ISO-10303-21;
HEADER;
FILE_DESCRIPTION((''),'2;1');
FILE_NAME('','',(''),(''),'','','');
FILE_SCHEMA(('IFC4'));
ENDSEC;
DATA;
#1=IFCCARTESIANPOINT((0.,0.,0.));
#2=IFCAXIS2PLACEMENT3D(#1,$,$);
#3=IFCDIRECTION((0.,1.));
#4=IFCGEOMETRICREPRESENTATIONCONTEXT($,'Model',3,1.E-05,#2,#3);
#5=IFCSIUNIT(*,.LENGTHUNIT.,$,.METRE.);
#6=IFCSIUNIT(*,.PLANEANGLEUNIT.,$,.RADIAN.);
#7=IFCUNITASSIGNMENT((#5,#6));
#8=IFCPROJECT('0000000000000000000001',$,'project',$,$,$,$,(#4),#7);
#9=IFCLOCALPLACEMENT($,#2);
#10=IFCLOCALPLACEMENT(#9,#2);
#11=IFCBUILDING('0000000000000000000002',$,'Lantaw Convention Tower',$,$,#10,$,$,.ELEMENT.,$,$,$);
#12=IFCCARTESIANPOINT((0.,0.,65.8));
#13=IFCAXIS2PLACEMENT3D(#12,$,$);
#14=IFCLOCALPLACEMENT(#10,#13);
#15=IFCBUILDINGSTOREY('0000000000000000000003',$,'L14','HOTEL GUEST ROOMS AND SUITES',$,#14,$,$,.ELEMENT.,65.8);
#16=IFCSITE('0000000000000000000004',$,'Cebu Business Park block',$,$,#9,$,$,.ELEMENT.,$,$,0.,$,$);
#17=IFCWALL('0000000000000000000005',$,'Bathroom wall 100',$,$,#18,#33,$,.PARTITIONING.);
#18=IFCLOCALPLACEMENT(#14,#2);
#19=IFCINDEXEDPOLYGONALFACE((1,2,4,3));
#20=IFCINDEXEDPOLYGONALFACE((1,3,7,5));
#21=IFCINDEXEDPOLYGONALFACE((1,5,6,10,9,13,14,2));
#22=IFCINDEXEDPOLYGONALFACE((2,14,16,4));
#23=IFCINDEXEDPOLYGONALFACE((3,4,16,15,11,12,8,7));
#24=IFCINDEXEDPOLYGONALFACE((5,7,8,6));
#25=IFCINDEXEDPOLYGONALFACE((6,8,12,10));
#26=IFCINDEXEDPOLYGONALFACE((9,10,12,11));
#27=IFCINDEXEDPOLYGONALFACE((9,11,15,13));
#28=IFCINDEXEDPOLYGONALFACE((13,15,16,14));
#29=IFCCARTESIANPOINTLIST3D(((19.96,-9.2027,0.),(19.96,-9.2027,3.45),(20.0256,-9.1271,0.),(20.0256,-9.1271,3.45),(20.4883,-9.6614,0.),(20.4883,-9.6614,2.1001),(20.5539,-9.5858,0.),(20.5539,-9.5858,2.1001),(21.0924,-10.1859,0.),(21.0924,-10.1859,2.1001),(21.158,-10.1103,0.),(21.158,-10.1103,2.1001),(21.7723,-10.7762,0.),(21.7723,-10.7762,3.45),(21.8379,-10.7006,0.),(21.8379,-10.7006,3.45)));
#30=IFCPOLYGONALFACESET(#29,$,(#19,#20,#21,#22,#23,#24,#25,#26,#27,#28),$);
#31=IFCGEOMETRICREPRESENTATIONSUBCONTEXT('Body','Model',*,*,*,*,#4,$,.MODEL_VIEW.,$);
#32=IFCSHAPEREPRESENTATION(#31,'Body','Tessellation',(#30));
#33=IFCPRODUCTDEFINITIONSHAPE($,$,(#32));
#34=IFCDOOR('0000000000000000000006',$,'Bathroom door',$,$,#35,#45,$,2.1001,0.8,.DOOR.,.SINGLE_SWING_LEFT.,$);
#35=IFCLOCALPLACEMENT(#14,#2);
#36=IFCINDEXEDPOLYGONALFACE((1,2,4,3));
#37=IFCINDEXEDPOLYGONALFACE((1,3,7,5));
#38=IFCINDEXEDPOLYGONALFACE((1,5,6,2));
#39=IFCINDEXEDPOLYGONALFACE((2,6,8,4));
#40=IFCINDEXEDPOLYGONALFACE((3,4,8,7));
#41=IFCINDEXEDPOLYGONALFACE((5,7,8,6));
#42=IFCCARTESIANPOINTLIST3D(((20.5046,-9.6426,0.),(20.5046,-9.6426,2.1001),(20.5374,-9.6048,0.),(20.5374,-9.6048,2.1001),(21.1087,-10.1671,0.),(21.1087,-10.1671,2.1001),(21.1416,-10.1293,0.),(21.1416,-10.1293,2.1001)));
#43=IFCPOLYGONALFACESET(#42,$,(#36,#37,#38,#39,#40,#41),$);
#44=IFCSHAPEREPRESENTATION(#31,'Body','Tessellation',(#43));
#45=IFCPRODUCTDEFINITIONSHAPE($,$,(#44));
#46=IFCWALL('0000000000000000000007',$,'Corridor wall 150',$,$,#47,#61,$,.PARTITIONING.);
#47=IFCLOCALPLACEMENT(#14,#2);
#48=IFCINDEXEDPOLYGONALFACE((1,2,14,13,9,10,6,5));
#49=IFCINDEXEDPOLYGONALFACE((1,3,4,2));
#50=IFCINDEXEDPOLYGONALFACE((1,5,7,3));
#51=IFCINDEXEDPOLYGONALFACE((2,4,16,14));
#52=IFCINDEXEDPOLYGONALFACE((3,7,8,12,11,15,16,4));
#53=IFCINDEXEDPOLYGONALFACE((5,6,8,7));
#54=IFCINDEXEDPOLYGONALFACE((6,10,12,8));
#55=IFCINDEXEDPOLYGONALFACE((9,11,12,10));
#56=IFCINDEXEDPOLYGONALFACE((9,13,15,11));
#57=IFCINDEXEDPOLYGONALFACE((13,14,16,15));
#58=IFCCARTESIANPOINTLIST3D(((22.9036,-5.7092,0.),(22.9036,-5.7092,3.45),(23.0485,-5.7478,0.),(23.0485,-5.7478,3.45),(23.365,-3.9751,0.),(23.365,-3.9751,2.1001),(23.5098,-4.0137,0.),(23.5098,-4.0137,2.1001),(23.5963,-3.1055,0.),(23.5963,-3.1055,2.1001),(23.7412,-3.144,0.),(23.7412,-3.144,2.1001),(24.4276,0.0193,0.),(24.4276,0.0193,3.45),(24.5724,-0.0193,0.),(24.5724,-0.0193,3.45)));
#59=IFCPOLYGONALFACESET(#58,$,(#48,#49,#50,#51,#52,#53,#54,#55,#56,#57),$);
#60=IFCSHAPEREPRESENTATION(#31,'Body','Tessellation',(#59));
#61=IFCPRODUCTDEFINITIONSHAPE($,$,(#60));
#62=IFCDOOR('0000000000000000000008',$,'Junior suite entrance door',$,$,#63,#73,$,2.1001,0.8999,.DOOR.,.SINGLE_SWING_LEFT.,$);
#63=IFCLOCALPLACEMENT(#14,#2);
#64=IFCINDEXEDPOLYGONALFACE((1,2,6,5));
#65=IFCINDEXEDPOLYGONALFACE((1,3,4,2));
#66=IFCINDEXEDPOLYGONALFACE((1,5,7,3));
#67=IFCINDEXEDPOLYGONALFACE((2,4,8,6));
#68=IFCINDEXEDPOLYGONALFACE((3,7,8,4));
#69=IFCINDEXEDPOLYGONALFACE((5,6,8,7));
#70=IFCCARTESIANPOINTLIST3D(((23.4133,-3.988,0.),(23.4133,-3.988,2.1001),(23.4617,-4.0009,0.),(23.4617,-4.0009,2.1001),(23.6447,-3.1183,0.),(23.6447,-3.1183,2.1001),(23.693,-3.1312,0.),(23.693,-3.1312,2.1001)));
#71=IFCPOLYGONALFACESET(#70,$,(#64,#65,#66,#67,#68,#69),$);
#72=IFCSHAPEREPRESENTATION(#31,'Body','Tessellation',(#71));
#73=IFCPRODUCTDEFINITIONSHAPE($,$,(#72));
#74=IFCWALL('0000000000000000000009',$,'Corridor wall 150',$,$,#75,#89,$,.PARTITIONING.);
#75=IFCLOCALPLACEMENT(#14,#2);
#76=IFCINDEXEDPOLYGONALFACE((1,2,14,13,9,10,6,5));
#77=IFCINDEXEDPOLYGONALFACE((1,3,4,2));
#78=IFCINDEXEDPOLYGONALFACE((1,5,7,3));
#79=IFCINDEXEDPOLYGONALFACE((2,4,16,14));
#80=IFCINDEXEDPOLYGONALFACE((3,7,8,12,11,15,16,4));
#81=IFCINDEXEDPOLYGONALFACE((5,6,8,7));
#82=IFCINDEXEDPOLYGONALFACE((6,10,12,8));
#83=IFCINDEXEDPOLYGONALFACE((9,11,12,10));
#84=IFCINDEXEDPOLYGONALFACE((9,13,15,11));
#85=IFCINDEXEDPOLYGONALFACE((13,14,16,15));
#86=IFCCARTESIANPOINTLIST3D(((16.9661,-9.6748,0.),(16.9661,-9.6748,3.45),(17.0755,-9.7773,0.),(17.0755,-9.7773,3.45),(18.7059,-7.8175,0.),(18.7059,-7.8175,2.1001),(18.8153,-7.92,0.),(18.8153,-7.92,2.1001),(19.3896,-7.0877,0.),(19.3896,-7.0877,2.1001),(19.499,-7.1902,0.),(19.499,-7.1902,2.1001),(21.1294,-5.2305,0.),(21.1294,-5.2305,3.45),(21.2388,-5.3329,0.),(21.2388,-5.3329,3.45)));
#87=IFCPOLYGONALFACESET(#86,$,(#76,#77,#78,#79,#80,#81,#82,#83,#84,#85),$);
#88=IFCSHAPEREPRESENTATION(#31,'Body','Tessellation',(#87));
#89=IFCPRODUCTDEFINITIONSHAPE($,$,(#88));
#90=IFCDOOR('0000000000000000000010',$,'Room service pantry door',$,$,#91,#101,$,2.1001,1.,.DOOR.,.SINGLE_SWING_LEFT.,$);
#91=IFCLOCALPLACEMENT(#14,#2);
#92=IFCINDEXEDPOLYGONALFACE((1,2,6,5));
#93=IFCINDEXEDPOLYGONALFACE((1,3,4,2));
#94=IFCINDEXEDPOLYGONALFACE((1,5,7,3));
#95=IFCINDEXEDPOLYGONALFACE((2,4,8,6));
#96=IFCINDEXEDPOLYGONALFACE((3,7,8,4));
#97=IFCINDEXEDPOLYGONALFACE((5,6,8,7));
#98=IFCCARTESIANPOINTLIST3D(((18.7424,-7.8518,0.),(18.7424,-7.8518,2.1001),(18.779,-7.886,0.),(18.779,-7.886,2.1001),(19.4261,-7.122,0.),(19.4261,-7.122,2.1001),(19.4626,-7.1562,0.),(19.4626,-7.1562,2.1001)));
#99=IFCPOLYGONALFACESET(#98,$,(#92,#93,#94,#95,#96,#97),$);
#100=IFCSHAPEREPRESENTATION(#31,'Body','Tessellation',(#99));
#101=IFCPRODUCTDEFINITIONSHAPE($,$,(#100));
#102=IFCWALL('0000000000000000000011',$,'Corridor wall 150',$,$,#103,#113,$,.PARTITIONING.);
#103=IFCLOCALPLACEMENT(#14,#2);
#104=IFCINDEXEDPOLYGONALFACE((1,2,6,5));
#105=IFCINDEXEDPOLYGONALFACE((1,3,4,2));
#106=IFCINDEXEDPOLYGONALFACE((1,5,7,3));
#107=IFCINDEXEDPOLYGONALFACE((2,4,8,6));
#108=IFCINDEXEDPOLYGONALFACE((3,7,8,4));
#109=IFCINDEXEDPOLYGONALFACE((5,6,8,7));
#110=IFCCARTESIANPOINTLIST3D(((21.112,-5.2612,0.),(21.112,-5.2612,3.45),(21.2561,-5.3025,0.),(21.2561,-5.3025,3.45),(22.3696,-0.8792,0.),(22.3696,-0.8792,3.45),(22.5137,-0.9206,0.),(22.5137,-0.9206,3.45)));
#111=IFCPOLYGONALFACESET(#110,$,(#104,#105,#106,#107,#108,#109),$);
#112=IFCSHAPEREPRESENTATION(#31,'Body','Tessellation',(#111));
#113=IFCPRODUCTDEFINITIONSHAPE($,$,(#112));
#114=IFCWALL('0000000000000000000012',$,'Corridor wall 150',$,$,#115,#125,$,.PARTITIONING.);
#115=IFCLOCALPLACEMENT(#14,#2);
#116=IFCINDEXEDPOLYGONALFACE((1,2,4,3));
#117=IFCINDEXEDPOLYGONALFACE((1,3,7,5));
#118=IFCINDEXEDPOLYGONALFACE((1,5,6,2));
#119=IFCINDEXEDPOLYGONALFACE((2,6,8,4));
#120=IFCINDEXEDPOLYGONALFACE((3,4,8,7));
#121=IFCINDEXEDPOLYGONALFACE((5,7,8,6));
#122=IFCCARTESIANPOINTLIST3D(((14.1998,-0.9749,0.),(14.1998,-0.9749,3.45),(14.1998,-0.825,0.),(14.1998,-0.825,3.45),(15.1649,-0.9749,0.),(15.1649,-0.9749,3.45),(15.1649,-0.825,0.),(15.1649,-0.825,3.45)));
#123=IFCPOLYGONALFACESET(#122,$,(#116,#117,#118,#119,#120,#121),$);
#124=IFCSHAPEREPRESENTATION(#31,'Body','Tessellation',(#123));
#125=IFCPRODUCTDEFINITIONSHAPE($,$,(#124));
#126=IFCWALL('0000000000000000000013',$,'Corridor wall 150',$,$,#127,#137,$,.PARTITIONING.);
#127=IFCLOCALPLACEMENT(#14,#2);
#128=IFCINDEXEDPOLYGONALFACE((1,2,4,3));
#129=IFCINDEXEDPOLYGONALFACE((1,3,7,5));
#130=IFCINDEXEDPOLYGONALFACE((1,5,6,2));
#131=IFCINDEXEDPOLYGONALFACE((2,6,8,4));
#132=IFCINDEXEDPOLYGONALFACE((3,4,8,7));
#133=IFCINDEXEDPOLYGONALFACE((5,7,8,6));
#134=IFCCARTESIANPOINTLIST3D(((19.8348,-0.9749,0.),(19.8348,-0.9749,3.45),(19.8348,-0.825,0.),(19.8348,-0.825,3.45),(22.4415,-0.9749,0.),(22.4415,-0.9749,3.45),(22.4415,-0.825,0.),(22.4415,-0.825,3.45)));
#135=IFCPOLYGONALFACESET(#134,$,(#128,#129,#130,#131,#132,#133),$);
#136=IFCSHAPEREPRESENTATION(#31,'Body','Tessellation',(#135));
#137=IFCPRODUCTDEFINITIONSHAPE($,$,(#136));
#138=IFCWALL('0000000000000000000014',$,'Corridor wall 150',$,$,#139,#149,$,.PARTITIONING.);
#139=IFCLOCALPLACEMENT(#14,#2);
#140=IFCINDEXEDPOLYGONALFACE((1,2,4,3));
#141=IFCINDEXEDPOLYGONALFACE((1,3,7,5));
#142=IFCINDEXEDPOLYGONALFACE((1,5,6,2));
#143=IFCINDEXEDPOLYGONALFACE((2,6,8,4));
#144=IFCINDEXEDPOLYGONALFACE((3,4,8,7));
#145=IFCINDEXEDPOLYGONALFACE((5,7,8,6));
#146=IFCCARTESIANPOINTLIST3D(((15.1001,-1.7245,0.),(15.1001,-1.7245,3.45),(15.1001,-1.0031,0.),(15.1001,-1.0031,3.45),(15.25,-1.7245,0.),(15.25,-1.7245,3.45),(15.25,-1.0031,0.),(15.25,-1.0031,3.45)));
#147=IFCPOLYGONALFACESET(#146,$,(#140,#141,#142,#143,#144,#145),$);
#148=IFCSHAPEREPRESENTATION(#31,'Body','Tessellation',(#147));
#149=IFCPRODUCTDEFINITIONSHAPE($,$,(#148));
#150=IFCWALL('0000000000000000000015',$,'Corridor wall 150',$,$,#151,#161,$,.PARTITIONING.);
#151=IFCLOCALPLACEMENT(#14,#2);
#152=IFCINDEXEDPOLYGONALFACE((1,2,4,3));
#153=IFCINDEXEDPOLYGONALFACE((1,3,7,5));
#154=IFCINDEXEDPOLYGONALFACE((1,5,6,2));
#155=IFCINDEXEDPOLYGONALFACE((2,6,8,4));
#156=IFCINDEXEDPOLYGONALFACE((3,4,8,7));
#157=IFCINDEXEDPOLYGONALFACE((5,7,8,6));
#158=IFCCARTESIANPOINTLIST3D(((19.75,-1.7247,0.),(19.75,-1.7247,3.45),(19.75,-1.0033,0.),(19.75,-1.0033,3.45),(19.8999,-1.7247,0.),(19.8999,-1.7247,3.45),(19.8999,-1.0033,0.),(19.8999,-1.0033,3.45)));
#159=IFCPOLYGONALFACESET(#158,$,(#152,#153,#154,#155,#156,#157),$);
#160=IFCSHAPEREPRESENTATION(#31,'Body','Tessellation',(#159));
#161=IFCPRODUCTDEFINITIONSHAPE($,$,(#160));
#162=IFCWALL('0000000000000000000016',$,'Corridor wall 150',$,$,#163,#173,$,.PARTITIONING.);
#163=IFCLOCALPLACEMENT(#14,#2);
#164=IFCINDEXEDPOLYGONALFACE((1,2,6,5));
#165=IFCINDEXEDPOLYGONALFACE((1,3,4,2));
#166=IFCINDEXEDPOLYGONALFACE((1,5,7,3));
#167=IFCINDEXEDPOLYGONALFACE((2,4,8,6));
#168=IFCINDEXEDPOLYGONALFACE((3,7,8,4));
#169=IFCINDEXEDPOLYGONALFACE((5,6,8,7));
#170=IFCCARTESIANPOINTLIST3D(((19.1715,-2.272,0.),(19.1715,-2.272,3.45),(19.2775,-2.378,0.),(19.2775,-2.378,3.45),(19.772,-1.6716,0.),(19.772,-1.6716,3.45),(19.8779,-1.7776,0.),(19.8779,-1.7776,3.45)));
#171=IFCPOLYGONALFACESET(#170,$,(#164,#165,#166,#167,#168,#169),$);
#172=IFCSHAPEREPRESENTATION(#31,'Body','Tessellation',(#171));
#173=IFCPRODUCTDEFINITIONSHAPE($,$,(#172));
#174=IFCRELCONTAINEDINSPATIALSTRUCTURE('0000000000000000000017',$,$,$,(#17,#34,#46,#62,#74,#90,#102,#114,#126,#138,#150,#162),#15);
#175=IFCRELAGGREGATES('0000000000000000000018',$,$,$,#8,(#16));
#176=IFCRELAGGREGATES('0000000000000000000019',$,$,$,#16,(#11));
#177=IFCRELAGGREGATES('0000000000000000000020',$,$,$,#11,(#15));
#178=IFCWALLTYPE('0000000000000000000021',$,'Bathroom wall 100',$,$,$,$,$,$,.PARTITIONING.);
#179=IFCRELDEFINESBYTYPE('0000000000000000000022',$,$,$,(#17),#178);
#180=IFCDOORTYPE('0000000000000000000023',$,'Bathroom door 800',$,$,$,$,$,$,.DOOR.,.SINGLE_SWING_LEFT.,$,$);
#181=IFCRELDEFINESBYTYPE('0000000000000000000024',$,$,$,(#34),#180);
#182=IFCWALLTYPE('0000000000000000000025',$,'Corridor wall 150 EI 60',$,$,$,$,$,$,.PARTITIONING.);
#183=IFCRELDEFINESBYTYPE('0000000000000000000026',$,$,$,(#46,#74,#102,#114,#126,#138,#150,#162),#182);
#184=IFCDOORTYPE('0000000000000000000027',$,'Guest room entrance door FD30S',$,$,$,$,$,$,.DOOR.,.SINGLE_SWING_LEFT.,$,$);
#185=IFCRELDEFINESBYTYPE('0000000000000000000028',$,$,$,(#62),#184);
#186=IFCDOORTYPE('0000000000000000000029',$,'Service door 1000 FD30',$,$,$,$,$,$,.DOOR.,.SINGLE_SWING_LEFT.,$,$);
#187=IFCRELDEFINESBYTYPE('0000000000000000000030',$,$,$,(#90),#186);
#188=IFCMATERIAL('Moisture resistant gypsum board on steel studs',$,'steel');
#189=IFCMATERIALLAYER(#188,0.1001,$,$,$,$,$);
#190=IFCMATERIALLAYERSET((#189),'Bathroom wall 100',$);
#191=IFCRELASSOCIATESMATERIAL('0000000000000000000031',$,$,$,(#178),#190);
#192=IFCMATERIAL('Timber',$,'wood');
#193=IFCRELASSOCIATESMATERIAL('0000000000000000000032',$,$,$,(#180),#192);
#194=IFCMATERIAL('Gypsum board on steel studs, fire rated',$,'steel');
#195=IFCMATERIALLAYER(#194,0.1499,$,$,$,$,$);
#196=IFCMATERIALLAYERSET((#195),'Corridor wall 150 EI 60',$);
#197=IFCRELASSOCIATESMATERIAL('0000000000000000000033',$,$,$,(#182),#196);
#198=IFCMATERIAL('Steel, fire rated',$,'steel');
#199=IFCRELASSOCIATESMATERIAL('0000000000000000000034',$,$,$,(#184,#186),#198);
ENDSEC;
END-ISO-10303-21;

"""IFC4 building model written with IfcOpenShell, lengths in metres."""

from ifc_helpers import new_model, si_unit, direction, frame, frame_2d, origin, place, context, subcontext, project, spatial, rectangle, extrude, material, layer, layer_set, type_object, element, fill, save


model = new_model("IFC4")

# Units and contexts
model_context = context("Model", 3, precision=1e-05, world=origin(), true_north=direction((0.0, 1.0)))
body_context = subcontext(model_context, "Body", "Model", "MODEL_VIEW")
ifc_project = project(units=[si_unit("LENGTHUNIT", "METRE"), si_unit("PLANEANGLEUNIT", "RADIAN")], contexts=[model_context])

# Site, building, storey
site_placement = place(None, origin())
site = spatial("IfcSite", under=ifc_project, at=site_placement, Name="Cebu Business Park block", CompositionType="ELEMENT", RefElevation=0.0)
building_placement = place(site_placement, origin())
building = spatial("IfcBuilding", under=site, at=building_placement, Name="Lantaw Convention Tower", CompositionType="ELEMENT")
storey_placement = place(building_placement, frame((0.0, 0.0, 65.8)))
storey = spatial("IfcBuildingStorey", under=building, at=storey_placement, Name="L14", Description="HOTEL GUEST ROOMS AND SUITES", CompositionType="ELEMENT", Elevation=65.8)

# Walls, openings, doors
ifc_material_1 = material(Name="Moisture resistant gypsum board on steel studs", Category="steel")
ifc_layer_1 = layer(ifc_material_1, 0.1001)
ifc_layer_set_1 = layer_set([ifc_layer_1], Name="Bathroom wall 100")
wall_type_1 = type_object("IfcWallType", Name="Bathroom wall 100", PredefinedType="PARTITIONING", material=ifc_layer_set_1)
wall_1_placement = place(storey_placement, frame((19.9927, -9.1648, 0.0), z_axis=(0.0, 0.0, 1.0), x_axis=(0.755098, -0.655612, 0.0)))
wall_1 = element("IfcWall", 1, at=wall_1_placement, inside=storey, type_object=wall_type_1, Name="Bathroom wall 100", PredefinedType="PARTITIONING", context=body_context, shape_type="SweptSolid", body=[
    extrude(rectangle(XDim=2.4001, YDim=0.1001, at=frame_2d((1.2002, 0.0))), origin(), (0.0, 0.0, 1.0), 3.45),
])
opening_1_placement = place(wall_1_placement, frame((0.7, 0.0, 0.0)))
opening_1 = element("IfcOpeningElement", 2, at=opening_1_placement, cuts=wall_1, PredefinedType="OPENING", context=body_context, shape_type="SweptSolid", body=[
    extrude(rectangle(XDim=0.8, YDim=2.1001, at=frame_2d((0.3999, 1.05))), frame((0.0, 0.0601, 0.0), z_axis=(0.0, -1.0, 0.0), x_axis=(1.0, 0.0, 0.0)), (0.0, 0.0, 1.0), 0.1201),
])
ifc_material_2 = material(Name="Timber", Category="wood")
door_type_1 = type_object("IfcDoorType", Name="Bathroom door 800", OperationType="SINGLE_SWING_LEFT", PredefinedType="DOOR", material=ifc_material_2)
door_1_placement = place(opening_1_placement, origin())
door_1 = element("IfcDoor", 3, at=door_1_placement, inside=storey, type_object=door_type_1, Name="Bathroom door", OperationType="SINGLE_SWING_LEFT", OverallHeight=2.1001, OverallWidth=0.8, PredefinedType="DOOR", context=body_context, shape_type="SweptSolid", body=[
    extrude(rectangle(XDim=0.8, YDim=2.1001, at=frame_2d((0.3999, 1.05))), frame((0.0, 0.0249, 0.0), z_axis=(0.0, -1.0, 0.0), x_axis=(1.0, 0.0, 0.0)), (0.0, 0.0, 1.0), 0.05),
])
fill(opening_1, door_1)
ifc_material_3 = material(Name="Gypsum board on steel studs, fire rated", Category="steel")
ifc_layer_2 = layer(ifc_material_3, 0.1499)
ifc_layer_set_2 = layer_set([ifc_layer_2], Name="Corridor wall 150 EI 60")
wall_type_2 = type_object("IfcWallType", Name="Corridor wall 150 EI 60", PredefinedType="PARTITIONING", material=ifc_layer_set_2)
wall_2_placement = place(storey_placement, frame((22.9761, -5.7285, 0.0), z_axis=(0.0, 0.0, 1.0), x_axis=(0.257083, 0.966389, 0.0)))
wall_2 = element("IfcWall", 4, at=wall_2_placement, inside=storey, type_object=wall_type_2, Name="Corridor wall 150", PredefinedType="PARTITIONING", context=body_context, shape_type="SweptSolid", body=[
    extrude(rectangle(XDim=5.9277, YDim=0.1499, at=frame_2d((2.9639, 0.0))), origin(), (0.0, 0.0, 1.0), 3.45),
])
opening_2_placement = place(wall_2_placement, frame((1.7944, 0.0, 0.0)))
opening_2 = element("IfcOpeningElement", 5, at=opening_2_placement, cuts=wall_2, PredefinedType="OPENING", context=body_context, shape_type="SweptSolid", body=[
    extrude(rectangle(XDim=0.8999, YDim=2.1001, at=frame_2d((0.45, 1.05))), frame((0.0, 0.085, 0.0), z_axis=(0.0, -1.0, 0.0), x_axis=(1.0, 0.0, 0.0)), (0.0, 0.0, 1.0), 0.1699),
])
ifc_material_4 = material(Name="Steel, fire rated", Category="steel")
door_type_2 = type_object("IfcDoorType", Name="Guest room entrance door FD30S", OperationType="SINGLE_SWING_LEFT", PredefinedType="DOOR", material=ifc_material_4)
door_2_placement = place(opening_2_placement, origin())
door_2 = element("IfcDoor", 6, at=door_2_placement, inside=storey, type_object=door_type_2, Name="Junior suite entrance door", OperationType="SINGLE_SWING_LEFT", OverallHeight=2.1001, OverallWidth=0.8999, PredefinedType="DOOR", context=body_context, shape_type="SweptSolid", body=[
    extrude(rectangle(XDim=0.8999, YDim=2.1001, at=frame_2d((0.45, 1.05))), frame((0.0, 0.0249, 0.0), z_axis=(0.0, -1.0, 0.0), x_axis=(1.0, 0.0, 0.0)), (0.0, 0.0, 1.0), 0.05),
])
fill(opening_2, door_2)
wall_3_placement = place(storey_placement, frame((17.0208, -9.7261, 0.0), z_axis=(0.0, 0.0, 1.0), x_axis=(0.683658, 0.729802, 0.0)))
wall_3 = element("IfcWall", 7, at=wall_3_placement, inside=storey, type_object=wall_type_2, Name="Corridor wall 150", PredefinedType="PARTITIONING", context=body_context, shape_type="SweptSolid", body=[
    extrude(rectangle(XDim=6.0898, YDim=0.1499, at=frame_2d((3.0449, 0.0))), origin(), (0.0, 0.0, 1.0), 3.45),
])
opening_3_placement = place(wall_3_placement, frame((2.5449, 0.0, 0.0)))
opening_3 = element("IfcOpeningElement", 8, at=opening_3_placement, cuts=wall_3, PredefinedType="OPENING", context=body_context, shape_type="SweptSolid", body=[
    extrude(rectangle(XDim=1.0, YDim=2.1001, at=frame_2d((0.5, 1.05))), frame((0.0, 0.085, 0.0), z_axis=(0.0, -1.0, 0.0), x_axis=(1.0, 0.0, 0.0)), (0.0, 0.0, 1.0), 0.1699),
])
door_type_3 = type_object("IfcDoorType", Name="Service door 1000 FD30", OperationType="SINGLE_SWING_LEFT", PredefinedType="DOOR", material=ifc_material_4)
door_3_placement = place(opening_3_placement, origin())
door_3 = element("IfcDoor", 9, at=door_3_placement, inside=storey, type_object=door_type_3, Name="Room service pantry door", OperationType="SINGLE_SWING_LEFT", OverallHeight=2.1001, OverallWidth=1.0, PredefinedType="DOOR", context=body_context, shape_type="SweptSolid", body=[
    extrude(rectangle(XDim=1.0, YDim=2.1001, at=frame_2d((0.5, 1.05))), frame((0.0, 0.0249, 0.0), z_axis=(0.0, -1.0, 0.0), x_axis=(1.0, 0.0, 0.0)), (0.0, 0.0, 1.0), 0.05),
])
fill(opening_3, door_3)

# Walls
wall_4_placement = place(storey_placement, frame((21.1841, -5.2817, 0.0), z_axis=(0.0, 0.0, 1.0), x_axis=(0.27586, 0.961198, 0.0)))
element("IfcWall", 10, at=wall_4_placement, inside=storey, type_object=wall_type_2, Name="Corridor wall 150", PredefinedType="PARTITIONING", context=body_context, shape_type="SweptSolid", body=[
    extrude(rectangle(XDim=4.5588, YDim=0.1499, at=frame_2d((2.2793, 0.0))), origin(), (0.0, 0.0, 1.0), 3.45),
])
wall_5_placement = place(storey_placement, frame((14.2, -0.8999, 0.0), z_axis=(0.0, 0.0, 1.0), x_axis=(1.0, 0.0, 0.0)))
element("IfcWall", 11, at=wall_5_placement, inside=storey, type_object=wall_type_2, Name="Corridor wall 150", PredefinedType="PARTITIONING", context=body_context, shape_type="SweptSolid", body=[
    extrude(rectangle(XDim=0.9651, YDim=0.1499, at=frame_2d((0.4824, 0.0))), origin(), (0.0, 0.0, 1.0), 3.45),
])
wall_6_placement = place(storey_placement, frame((19.835, -0.8999, 0.0), z_axis=(0.0, 0.0, 1.0), x_axis=(1.0, 0.0, 0.0)))
element("IfcWall", 12, at=wall_6_placement, inside=storey, type_object=wall_type_2, Name="Corridor wall 150", PredefinedType="PARTITIONING", context=body_context, shape_type="SweptSolid", body=[
    extrude(rectangle(XDim=2.6067, YDim=0.1499, at=frame_2d((1.3032, 0.0))), origin(), (0.0, 0.0, 1.0), 3.45),
])
for number, where, z_axis, x_axis, name in (
    (13, (15.175, -1.7246, 0.0), (0.0, 0.0, 1.0), (0.0, 1.0, 0.0), "Corridor wall 150"),
    (14, (19.825, -1.0032, 0.0), (0.0, 0.0, 1.0), (0.0, -1.0, 0.0), "Corridor wall 150"),
):
    element("IfcWall", number, at=place(storey_placement, frame(where, z_axis=z_axis, x_axis=x_axis)), inside=storey, type_object=wall_type_2, Name=name, PredefinedType="PARTITIONING", context=body_context, shape_type="SweptSolid", body=[
        extrude(rectangle(XDim=0.7214, YDim=0.1499, at=frame_2d((0.3608, 0.0))), origin(), (0.0, 0.0, 1.0), 3.45),
    ])
wall_7_placement = place(storey_placement, frame((19.825, -1.7246, 0.0), z_axis=(0.0, 0.0, 1.0), x_axis=(-0.707107, -0.707107, 0.0)))
element("IfcWall", 15, at=wall_7_placement, inside=storey, type_object=wall_type_2, Name="Corridor wall 150", PredefinedType="PARTITIONING", context=body_context, shape_type="SweptSolid", body=[
    extrude(rectangle(XDim=0.8491, YDim=0.1499, at=frame_2d((0.4246, 0.0))), origin(), (0.0, 0.0, 1.0), 3.45),
])

save(model, "model.ifc")
